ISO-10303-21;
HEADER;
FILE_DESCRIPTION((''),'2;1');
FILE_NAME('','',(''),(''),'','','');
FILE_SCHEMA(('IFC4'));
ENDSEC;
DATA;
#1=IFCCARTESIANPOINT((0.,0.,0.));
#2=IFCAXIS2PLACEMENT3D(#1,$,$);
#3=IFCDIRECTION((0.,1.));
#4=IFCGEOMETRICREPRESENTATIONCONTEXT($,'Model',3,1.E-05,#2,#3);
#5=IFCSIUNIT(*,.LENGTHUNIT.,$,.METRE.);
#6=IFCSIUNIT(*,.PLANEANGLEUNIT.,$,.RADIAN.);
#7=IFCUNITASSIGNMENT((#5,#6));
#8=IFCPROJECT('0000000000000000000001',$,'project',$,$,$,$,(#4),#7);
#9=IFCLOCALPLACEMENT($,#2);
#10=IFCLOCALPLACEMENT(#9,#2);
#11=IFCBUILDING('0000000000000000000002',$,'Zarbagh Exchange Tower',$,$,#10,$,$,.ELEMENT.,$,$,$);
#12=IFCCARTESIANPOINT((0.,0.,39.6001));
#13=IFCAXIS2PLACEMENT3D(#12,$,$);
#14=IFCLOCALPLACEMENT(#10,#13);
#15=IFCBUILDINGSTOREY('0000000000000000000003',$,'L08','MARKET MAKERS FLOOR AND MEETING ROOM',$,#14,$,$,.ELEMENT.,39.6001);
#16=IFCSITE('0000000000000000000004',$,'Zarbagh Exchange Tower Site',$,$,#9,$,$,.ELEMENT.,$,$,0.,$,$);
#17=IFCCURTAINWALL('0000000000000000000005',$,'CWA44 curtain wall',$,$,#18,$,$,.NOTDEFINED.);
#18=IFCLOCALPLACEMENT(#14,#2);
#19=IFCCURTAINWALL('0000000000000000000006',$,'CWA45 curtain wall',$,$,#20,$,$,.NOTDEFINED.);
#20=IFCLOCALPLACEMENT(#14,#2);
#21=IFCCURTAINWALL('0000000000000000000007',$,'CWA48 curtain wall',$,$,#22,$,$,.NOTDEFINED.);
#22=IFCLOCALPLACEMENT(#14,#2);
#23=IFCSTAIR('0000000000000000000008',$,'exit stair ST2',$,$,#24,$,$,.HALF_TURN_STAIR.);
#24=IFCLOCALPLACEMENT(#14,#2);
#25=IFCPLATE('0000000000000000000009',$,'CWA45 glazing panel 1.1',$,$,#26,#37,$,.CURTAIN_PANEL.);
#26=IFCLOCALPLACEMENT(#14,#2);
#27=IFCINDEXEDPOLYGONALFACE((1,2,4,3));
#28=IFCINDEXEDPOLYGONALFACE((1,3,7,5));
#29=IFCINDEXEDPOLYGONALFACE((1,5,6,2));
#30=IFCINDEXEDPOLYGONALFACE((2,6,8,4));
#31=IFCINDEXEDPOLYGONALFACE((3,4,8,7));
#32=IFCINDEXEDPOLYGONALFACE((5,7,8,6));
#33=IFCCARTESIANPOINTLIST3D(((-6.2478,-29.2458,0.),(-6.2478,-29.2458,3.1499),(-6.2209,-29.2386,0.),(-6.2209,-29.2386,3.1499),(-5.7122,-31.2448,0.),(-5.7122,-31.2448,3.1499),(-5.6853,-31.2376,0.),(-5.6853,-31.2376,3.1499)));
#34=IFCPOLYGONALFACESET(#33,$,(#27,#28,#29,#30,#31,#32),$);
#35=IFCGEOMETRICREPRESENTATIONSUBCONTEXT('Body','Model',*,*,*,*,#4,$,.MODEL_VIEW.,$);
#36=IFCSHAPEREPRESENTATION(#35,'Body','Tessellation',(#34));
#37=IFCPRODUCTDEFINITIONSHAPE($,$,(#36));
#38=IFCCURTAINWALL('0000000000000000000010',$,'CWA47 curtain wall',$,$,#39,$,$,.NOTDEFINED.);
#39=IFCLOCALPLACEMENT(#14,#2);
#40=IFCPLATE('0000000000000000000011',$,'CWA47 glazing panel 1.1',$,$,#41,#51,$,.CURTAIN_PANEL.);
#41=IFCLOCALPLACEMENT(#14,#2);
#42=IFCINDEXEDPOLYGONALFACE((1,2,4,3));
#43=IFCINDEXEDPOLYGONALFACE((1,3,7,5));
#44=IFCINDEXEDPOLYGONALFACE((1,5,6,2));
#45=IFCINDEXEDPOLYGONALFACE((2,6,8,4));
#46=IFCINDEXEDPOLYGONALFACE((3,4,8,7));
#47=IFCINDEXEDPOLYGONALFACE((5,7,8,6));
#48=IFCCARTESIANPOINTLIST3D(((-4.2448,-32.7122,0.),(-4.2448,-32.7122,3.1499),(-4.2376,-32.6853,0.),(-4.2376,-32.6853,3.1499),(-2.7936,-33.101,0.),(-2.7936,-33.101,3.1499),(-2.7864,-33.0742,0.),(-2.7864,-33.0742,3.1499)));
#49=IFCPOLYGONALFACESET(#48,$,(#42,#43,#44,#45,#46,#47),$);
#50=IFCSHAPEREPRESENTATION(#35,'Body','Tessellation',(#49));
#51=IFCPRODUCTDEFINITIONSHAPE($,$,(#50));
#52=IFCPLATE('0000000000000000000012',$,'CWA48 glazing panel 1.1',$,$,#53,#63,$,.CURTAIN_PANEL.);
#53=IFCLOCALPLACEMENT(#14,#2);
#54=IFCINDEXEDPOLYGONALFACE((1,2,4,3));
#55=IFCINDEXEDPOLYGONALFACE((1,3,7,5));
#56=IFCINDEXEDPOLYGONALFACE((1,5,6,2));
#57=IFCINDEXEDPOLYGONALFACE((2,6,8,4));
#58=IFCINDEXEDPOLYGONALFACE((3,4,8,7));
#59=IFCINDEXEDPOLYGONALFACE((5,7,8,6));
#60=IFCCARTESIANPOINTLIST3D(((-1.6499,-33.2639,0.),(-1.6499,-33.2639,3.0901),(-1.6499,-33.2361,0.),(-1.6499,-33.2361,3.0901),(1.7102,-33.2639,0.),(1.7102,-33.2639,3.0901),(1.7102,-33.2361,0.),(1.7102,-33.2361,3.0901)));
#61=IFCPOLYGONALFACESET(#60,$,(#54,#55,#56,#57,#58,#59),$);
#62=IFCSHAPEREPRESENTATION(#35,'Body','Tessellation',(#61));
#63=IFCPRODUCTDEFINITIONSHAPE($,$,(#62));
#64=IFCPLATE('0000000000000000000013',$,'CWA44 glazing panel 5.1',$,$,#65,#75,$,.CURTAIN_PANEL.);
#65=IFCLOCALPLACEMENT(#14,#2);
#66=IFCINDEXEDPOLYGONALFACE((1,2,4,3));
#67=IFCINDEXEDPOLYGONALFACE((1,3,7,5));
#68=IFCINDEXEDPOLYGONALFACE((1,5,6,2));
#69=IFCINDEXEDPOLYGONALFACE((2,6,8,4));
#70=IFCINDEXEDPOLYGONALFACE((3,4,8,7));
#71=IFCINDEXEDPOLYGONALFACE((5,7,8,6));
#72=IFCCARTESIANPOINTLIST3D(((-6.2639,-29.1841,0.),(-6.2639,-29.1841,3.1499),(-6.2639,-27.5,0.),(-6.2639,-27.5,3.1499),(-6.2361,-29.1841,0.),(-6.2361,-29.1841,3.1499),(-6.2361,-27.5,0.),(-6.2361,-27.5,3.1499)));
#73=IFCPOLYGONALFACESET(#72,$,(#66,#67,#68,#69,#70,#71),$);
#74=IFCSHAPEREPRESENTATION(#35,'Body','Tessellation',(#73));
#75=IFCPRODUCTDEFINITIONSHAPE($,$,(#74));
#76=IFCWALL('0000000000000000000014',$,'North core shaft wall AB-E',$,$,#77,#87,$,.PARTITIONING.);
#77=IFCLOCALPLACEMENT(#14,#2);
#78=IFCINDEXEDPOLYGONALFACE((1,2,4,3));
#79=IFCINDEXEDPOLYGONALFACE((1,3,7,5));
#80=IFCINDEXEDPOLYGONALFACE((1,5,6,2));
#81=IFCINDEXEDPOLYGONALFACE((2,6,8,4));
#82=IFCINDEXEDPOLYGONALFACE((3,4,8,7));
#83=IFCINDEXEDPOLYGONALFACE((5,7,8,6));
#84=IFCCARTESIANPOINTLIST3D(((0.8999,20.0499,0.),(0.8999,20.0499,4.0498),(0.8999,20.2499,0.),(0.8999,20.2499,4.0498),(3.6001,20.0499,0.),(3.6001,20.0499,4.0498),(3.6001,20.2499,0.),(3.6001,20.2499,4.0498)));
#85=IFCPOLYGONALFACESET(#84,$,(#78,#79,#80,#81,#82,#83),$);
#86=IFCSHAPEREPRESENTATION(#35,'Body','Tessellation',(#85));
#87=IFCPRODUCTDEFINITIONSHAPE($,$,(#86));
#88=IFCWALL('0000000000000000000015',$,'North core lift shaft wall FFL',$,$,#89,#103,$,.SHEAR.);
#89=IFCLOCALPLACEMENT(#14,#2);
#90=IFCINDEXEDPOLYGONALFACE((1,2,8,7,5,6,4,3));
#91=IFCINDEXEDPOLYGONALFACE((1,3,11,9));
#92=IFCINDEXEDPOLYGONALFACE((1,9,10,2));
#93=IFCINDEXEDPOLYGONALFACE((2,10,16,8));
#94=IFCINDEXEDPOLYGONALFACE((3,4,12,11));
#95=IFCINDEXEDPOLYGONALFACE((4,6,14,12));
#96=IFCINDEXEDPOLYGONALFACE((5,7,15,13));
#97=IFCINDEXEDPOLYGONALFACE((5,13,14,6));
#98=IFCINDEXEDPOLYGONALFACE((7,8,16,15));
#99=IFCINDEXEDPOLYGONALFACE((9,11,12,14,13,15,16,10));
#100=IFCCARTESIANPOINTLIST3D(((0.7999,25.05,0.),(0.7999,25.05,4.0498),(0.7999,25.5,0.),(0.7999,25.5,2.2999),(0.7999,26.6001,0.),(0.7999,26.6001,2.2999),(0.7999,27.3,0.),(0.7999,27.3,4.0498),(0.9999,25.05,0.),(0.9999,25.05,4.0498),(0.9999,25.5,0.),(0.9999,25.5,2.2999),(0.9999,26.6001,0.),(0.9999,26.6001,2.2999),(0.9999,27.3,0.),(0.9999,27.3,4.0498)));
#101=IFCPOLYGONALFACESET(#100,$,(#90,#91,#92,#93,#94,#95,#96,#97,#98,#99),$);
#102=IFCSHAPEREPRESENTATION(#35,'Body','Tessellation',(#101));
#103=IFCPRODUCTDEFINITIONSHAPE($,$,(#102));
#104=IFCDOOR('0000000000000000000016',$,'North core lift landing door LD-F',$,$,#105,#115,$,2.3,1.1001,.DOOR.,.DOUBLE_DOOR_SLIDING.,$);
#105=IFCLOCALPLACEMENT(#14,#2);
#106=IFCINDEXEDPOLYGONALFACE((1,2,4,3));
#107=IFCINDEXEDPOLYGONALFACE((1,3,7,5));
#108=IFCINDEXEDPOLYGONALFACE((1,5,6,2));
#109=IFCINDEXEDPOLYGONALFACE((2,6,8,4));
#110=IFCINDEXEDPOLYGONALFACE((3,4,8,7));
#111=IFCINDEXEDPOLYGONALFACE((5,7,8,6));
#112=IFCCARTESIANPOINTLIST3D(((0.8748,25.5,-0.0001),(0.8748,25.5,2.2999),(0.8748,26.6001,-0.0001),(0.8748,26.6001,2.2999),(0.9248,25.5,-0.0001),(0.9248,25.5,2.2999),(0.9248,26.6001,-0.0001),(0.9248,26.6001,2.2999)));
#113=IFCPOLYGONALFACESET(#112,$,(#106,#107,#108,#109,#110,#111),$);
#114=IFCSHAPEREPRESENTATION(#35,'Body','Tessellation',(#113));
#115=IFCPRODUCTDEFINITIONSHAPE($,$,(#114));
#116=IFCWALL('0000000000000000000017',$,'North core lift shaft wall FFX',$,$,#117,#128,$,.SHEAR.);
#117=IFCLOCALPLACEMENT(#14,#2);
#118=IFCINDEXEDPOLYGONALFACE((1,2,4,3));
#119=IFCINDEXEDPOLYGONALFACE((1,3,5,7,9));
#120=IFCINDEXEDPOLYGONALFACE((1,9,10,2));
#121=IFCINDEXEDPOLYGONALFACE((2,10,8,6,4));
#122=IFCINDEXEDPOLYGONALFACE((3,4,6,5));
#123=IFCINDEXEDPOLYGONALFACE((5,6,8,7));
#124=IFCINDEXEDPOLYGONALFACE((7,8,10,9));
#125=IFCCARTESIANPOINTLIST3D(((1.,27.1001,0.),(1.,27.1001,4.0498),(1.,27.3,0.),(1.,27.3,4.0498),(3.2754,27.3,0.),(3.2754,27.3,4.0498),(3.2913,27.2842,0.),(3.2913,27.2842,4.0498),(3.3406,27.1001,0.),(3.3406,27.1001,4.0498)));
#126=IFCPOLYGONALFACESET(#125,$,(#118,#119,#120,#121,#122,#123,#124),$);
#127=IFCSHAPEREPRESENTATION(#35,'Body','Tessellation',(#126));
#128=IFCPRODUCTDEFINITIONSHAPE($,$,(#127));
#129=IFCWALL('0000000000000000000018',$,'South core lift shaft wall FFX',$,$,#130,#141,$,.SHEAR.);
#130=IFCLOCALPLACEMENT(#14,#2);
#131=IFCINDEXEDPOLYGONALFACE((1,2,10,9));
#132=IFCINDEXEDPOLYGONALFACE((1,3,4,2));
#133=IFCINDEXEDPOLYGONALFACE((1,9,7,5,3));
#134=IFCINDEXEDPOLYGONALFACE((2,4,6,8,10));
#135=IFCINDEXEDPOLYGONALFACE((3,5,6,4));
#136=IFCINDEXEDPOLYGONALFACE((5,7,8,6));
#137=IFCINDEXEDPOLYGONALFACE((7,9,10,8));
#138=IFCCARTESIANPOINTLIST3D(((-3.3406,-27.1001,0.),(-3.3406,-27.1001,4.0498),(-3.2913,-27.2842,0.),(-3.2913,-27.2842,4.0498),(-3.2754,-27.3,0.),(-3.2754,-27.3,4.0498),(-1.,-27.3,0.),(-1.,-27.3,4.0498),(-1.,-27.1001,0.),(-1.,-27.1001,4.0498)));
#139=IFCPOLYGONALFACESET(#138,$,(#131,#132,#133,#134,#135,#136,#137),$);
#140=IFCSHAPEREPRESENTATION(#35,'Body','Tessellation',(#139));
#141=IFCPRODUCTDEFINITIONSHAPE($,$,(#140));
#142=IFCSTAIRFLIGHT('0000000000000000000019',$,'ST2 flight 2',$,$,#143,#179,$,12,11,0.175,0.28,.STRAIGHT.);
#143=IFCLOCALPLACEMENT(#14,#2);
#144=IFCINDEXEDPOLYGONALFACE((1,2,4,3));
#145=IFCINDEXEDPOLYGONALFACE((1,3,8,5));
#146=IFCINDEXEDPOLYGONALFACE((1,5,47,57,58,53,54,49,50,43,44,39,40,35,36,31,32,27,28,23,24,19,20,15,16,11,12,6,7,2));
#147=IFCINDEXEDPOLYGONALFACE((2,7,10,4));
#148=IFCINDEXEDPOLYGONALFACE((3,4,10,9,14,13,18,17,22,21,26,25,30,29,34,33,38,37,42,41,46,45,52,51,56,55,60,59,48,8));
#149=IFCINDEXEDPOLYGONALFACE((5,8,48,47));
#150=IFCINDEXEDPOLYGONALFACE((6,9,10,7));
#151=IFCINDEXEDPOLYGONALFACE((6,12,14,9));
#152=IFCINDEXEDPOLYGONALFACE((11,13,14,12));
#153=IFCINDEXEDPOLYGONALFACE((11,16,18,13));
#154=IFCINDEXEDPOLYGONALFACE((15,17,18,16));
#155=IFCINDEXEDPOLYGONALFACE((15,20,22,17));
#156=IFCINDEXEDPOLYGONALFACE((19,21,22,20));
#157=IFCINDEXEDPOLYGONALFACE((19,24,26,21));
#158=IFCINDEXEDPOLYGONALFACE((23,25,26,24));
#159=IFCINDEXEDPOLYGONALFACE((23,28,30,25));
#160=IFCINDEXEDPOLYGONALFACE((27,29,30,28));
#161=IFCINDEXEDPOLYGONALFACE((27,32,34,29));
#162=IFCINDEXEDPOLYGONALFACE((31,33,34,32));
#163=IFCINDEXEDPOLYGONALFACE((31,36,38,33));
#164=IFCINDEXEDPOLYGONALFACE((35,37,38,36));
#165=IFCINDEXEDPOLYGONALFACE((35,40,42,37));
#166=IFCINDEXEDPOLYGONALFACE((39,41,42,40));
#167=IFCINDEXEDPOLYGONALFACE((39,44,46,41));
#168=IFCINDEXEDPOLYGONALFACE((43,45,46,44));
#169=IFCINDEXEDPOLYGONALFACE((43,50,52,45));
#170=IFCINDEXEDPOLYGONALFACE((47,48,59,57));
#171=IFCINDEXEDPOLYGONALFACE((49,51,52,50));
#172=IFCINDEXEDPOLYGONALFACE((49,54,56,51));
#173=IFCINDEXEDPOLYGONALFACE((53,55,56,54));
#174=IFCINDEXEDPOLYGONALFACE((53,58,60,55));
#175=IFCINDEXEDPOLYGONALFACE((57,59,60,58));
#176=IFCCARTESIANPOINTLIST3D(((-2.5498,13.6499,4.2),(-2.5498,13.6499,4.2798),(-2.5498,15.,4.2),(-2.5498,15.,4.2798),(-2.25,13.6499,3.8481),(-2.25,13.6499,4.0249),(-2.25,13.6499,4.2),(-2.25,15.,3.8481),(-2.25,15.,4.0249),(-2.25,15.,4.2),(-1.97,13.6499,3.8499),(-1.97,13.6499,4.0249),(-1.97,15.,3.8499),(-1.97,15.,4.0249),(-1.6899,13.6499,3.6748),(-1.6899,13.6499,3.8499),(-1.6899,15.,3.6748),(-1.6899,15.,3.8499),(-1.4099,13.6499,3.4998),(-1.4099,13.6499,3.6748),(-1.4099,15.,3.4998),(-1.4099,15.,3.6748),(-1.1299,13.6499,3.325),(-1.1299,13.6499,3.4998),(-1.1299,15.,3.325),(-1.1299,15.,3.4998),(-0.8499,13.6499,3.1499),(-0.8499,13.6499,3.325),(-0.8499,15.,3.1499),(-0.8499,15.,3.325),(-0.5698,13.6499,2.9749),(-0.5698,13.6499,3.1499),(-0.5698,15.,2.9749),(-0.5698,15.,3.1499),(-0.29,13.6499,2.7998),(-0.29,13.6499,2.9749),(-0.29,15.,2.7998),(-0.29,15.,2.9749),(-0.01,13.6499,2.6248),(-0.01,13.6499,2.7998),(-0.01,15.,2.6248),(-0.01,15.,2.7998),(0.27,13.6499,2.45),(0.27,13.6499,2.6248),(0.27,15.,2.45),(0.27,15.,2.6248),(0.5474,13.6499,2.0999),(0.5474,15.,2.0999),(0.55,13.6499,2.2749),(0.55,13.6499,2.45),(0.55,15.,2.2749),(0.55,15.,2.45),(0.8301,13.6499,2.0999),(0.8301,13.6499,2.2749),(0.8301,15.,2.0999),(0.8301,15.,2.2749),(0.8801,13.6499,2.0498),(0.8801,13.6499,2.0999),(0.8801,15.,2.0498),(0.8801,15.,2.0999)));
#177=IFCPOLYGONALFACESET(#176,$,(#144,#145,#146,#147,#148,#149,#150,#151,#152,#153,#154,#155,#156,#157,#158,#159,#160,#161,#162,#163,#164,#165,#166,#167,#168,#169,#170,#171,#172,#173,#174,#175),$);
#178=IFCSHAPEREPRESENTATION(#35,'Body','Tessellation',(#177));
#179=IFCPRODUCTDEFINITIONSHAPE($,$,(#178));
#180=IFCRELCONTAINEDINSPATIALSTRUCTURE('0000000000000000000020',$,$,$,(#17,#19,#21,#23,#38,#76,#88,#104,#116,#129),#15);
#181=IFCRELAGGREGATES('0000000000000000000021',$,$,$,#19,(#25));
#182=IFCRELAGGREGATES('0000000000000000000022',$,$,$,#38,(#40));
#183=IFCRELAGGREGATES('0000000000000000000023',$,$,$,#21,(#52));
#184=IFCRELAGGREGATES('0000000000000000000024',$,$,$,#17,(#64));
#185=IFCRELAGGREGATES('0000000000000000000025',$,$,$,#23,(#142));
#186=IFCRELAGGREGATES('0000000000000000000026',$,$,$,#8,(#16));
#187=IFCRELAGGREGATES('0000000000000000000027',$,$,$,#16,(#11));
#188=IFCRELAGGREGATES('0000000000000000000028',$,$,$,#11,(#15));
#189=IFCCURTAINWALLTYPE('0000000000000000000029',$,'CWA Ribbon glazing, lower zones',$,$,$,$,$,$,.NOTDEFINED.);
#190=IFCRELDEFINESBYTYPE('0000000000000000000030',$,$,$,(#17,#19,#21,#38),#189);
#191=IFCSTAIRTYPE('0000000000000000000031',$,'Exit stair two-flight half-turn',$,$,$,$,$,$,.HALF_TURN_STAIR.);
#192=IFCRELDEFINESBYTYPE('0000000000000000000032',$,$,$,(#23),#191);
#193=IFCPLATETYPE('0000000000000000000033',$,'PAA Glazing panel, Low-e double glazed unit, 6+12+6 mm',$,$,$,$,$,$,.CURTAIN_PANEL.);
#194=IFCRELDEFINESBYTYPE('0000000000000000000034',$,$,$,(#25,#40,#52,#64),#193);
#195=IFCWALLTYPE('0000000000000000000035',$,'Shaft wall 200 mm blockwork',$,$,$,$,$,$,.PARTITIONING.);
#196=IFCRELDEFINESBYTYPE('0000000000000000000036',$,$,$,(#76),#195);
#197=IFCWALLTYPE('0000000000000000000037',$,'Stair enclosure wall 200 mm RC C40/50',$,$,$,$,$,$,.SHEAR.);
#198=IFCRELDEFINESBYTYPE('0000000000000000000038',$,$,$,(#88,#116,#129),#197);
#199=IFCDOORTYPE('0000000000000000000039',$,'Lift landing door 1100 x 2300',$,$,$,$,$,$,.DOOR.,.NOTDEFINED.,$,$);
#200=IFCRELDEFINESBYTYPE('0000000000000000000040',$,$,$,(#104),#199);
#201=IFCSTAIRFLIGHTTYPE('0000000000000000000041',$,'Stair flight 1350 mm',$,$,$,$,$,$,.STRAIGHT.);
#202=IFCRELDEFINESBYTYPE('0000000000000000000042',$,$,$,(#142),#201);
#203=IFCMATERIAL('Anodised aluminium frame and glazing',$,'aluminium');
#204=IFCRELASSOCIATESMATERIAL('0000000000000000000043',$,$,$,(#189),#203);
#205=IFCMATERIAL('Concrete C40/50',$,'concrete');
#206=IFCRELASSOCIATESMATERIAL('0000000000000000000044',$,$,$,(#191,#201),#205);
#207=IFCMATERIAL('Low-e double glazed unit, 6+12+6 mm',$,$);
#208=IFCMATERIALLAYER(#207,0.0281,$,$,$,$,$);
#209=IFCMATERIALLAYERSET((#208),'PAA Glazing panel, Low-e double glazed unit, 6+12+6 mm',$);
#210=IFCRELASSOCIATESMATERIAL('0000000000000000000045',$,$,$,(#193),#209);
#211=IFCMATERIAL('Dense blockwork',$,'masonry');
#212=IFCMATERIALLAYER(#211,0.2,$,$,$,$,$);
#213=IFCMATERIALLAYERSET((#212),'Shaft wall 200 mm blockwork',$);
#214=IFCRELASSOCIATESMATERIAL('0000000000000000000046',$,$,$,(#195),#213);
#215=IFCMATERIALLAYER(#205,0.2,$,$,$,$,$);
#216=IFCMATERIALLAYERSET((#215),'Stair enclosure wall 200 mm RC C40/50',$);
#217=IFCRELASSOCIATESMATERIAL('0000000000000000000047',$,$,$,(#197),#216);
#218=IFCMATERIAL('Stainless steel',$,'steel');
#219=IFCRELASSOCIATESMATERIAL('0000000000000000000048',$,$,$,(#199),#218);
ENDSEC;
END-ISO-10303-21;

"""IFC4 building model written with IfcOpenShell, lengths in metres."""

from ifc_helpers import new_model, si_unit, direction, frame, frame_2d, origin, place, context, subcontext, project, spatial, polyline, rectangle, outline, extrude, source, transform, mapped, material, layer, layer_set, type_object, element, fill, aggregate, save


model = new_model("IFC4")

# Units and contexts
model_context = context("Model", 3, precision=1e-05, world=origin(), true_north=direction((0.0, 1.0)))
body_context = subcontext(model_context, "Body", "Model", "MODEL_VIEW")
ifc_project = project(units=[si_unit("LENGTHUNIT", "METRE"), si_unit("PLANEANGLEUNIT", "RADIAN")], contexts=[model_context])

# Site, building, storey
site_placement = place(None, origin())
site = spatial("IfcSite", under=ifc_project, at=site_placement, Name="Zarbagh Exchange Tower Site", CompositionType="ELEMENT", RefElevation=0.0)
building_placement = place(site_placement, origin())
building = spatial("IfcBuilding", under=site, at=building_placement, Name="Zarbagh Exchange Tower", CompositionType="ELEMENT")
storey_placement = place(building_placement, frame((0.0, 0.0, 39.6001)))
storey = spatial("IfcBuildingStorey", under=building, at=storey_placement, Name="L08", Description="MARKET MAKERS FLOOR AND MEETING ROOM", CompositionType="ELEMENT", Elevation=39.6001)

# Curtain wall
ifc_material_1 = material(Name="Anodised aluminium frame and glazing", Category="aluminium")
curtain_wall_type = type_object("IfcCurtainWallType", Name="CWA Ribbon glazing, lower zones", PredefinedType="NOTDEFINED", material=ifc_material_1)
curtain_wall_1_placement = place(storey_placement, origin())
curtain_wall_1 = element("IfcCurtainWall", 1, at=curtain_wall_1_placement, inside=storey, type_object=curtain_wall_type, Name="CWA44 curtain wall", PredefinedType="NOTDEFINED")
placement = place(storey_placement, origin())

# Curtain wall
curtain_wall_2_placement = place(storey_placement, origin())
curtain_wall_2 = element("IfcCurtainWall", 2, at=curtain_wall_2_placement, inside=storey, type_object=curtain_wall_type, Name="CWA45 curtain wall", PredefinedType="NOTDEFINED")

# Curtain wall
curtain_wall_3_placement = place(storey_placement, origin())
curtain_wall_3 = element("IfcCurtainWall", 3, at=curtain_wall_3_placement, inside=storey, type_object=curtain_wall_type, Name="CWA48 curtain wall", PredefinedType="NOTDEFINED")

# Stair
ifc_material_2 = material(Name="Concrete C40/50", Category="concrete")
stair_type = type_object("IfcStairType", Name="Exit stair two-flight half-turn", PredefinedType="HALF_TURN_STAIR", material=ifc_material_2)
stair_1_placement = place(storey_placement, origin())
stair_1 = element("IfcStair", 4, at=stair_1_placement, inside=storey, type_object=stair_type, Name="exit stair ST2", PredefinedType="HALF_TURN_STAIR")

# Shared definitions
ifc_material_3 = material(Name="Low-e double glazed unit, 6+12+6 mm")
ifc_layer_1 = layer(ifc_material_3, 0.0281)
ifc_layer_set_1 = layer_set([ifc_layer_1], Name="PAA Glazing panel, Low-e double glazed unit, 6+12+6 mm")
plate_type = type_object("IfcPlateType", Name="PAA Glazing panel, Low-e double glazed unit, 6+12+6 mm", PredefinedType="CURTAIN_PANEL", material=ifc_layer_set_1)

# Plate
shared_shape_1 = source(origin(), body_context, "Body", "SweptSolid", [
    extrude(outline(polyline([(0.0, -0.0139), (2.0696, -0.0139), (2.0696, 0.0139), (0.0, 0.0139), (0.0, -0.0139)])), origin(), (0.0, 0.0, 1.0), 3.1499),
])
plate_1 = element("IfcPlate", 5, at=placement, type_object=plate_type, Name="CWA45 glazing panel 1.1", PredefinedType="CURTAIN_PANEL", context=body_context, shape_type="MappedRepresentation", body=[
    mapped(shared_shape_1, transform((-6.2344, -29.2422, 0.0), x_axis=(0.258825, -0.965924, 0.0), y_axis=(0.965924, 0.258825, 0.0), z_axis=(0.0, 0.0, 1.0))),
])
aggregate(curtain_wall_2, [plate_1])

# Curtain wall, plate
curtain_wall_4_placement = place(storey_placement, origin())
curtain_wall_4 = element("IfcCurtainWall", 6, at=curtain_wall_4_placement, inside=storey, type_object=curtain_wall_type, Name="CWA47 curtain wall", PredefinedType="NOTDEFINED")
shared_shape_2 = source(origin(), body_context, "Body", "SweptSolid", [
    extrude(outline(polyline([(0.0, -0.0139), (1.5024, -0.0139), (1.5024, 0.0139), (0.0, 0.0139), (0.0, -0.0139)])), origin(), (0.0, 0.0, 1.0), 3.1499),
])
plate_2 = element("IfcPlate", 7, at=placement, type_object=plate_type, Name="CWA47 glazing panel 1.1", PredefinedType="CURTAIN_PANEL", context=body_context, shape_type="MappedRepresentation", body=[
    mapped(shared_shape_2, transform((-4.2412, -32.6987, 0.0), x_axis=(0.965924, -0.258825, 0.0), y_axis=(0.258825, 0.965924, 0.0), z_axis=(0.0, 0.0, 1.0))),
])
aggregate(curtain_wall_4, [plate_2])

# Plates
shared_shape_3 = source(origin(), body_context, "Body", "SweptSolid", [
    extrude(outline(polyline([(0.0, -0.0139), (3.3601, -0.0139), (3.3601, 0.0139), (0.0, 0.0139), (0.0, -0.0139)])), origin(), (0.0, 0.0, 1.0), 3.0901),
])
plate_3 = element("IfcPlate", 8, at=placement, type_object=plate_type, Name="CWA48 glazing panel 1.1", PredefinedType="CURTAIN_PANEL", context=body_context, shape_type="MappedRepresentation", body=[
    mapped(shared_shape_3, transform((-1.6499, -33.25, 0.0), x_axis=(1.0, 0.0, 0.0), y_axis=(0.0, 1.0, 0.0), z_axis=(0.0, 0.0, 1.0))),
])
aggregate(curtain_wall_3, [plate_3])
shared_shape_4 = source(origin(), body_context, "Body", "SweptSolid", [
    extrude(outline(polyline([(0.0, -0.0139), (1.6841, -0.0139), (1.6841, 0.0139), (0.0, 0.0139), (0.0, -0.0139)])), origin(), (0.0, 0.0, 1.0), 3.1499),
])
plate_4 = element("IfcPlate", 9, at=placement, type_object=plate_type, Name="CWA44 glazing panel 5.1", PredefinedType="CURTAIN_PANEL", context=body_context, shape_type="MappedRepresentation", body=[
    mapped(shared_shape_4, transform((-6.25, -27.5, 0.0), x_axis=(0.0, -1.0, 0.0), y_axis=(1.0, 0.0, 0.0), z_axis=(0.0, 0.0, 1.0))),
])
aggregate(curtain_wall_1, [plate_4])

# Wall
ifc_material_4 = material(Name="Dense blockwork", Category="masonry")
ifc_layer_2 = layer(ifc_material_4, 0.2)
ifc_layer_set_2 = layer_set([ifc_layer_2], Name="Shaft wall 200 mm blockwork")
wall_type_1 = type_object("IfcWallType", Name="Shaft wall 200 mm blockwork", PredefinedType="PARTITIONING", material=ifc_layer_set_2)
wall_1_placement = place(storey_placement, frame((0.8999, 20.1499, 0.0), z_axis=(0.0, 0.0, 1.0), x_axis=(1.0, 0.0, 0.0)))
element("IfcWall", 10, at=wall_1_placement, inside=storey, type_object=wall_type_1, Name="North core shaft wall AB-E", PredefinedType="PARTITIONING", context=body_context, shape_type="SweptSolid", body=[
    extrude(rectangle(XDim=2.7002, YDim=0.2, at=frame_2d((1.3501, 0.0))), origin(), (0.0, 0.0, 1.0), 4.0498),
])

# Wall, opening, door
ifc_layer_3 = layer(ifc_material_2, 0.2)
ifc_layer_set_3 = layer_set([ifc_layer_3], Name="Stair enclosure wall 200 mm RC C40/50")
wall_type_2 = type_object("IfcWallType", Name="Stair enclosure wall 200 mm RC C40/50", PredefinedType="SHEAR", material=ifc_layer_set_3)
wall_2_placement = place(storey_placement, frame((0.8999, 27.3, 0.0), z_axis=(0.0, 0.0, 1.0), x_axis=(0.0, -1.0, 0.0)))
wall_2 = element("IfcWall", 11, at=wall_2_placement, inside=storey, type_object=wall_type_2, Name="North core lift shaft wall FFL", PredefinedType="SHEAR", context=body_context, shape_type="SweptSolid", body=[
    extrude(rectangle(XDim=2.25, YDim=0.2, at=frame_2d((1.125, 0.0))), origin(), (0.0, 0.0, 1.0), 4.0498),
])
opening_placement = place(wall_2_placement, frame((0.7, 0.0, 0.0)))
opening = element("IfcOpeningElement", 12, at=opening_placement, cuts=wall_2, PredefinedType="OPENING", context=body_context, shape_type="SweptSolid", body=[
    extrude(rectangle(XDim=1.1001, YDim=2.3, at=frame_2d((0.55, 1.1499))), frame((0.0, 0.1099, 0.0), z_axis=(0.0, -1.0, 0.0), x_axis=(1.0, 0.0, 0.0)), (0.0, 0.0, 1.0), 0.22),
])
ifc_material_5 = material(Name="Stainless steel", Category="steel")
door_type = type_object("IfcDoorType", Name="Lift landing door 1100 x 2300", OperationType="NOTDEFINED", PredefinedType="DOOR", material=ifc_material_5)
door_placement = place(opening_placement, origin())
door = element("IfcDoor", 13, at=door_placement, inside=storey, type_object=door_type, Name="North core lift landing door LD-F", OperationType="DOUBLE_DOOR_SLIDING", OverallHeight=2.3, OverallWidth=1.1001, PredefinedType="DOOR", context=body_context, shape_type="SweptSolid", body=[
    extrude(rectangle(XDim=1.1001, YDim=2.3, at=frame_2d((0.55, 1.1499))), frame((0.0, 0.0249, 0.0), z_axis=(0.0, -1.0, 0.0), x_axis=(1.0, 0.0, 0.0)), (0.0, 0.0, 1.0), 0.05),
])
fill(opening, door)

# Walls
wall_3_placement = place(storey_placement, origin())
element("IfcWall", 14, at=wall_3_placement, inside=storey, type_object=wall_type_2, Name="North core lift shaft wall FFX", PredefinedType="SHEAR", context=body_context, shape_type="SweptSolid", body=[
    extrude(outline(polyline([(1.0, 27.1001), (3.3406, 27.1001), (3.2913, 27.2842), (3.2754, 27.3), (1.0, 27.3), (1.0, 27.1001)])), origin(), (0.0, 0.0, 1.0), 4.0498),
])
wall_4_placement = place(storey_placement, origin())
element("IfcWall", 15, at=wall_4_placement, inside=storey, type_object=wall_type_2, Name="South core lift shaft wall FFX", PredefinedType="SHEAR", context=body_context, shape_type="SweptSolid", body=[
    extrude(outline(polyline([(-1.0, -27.1001), (-3.3406, -27.1001), (-3.2913, -27.2842), (-3.2754, -27.3), (-1.0, -27.3), (-1.0, -27.1001)])), origin(), (0.0, 0.0, 1.0), 4.0498),
])

# Stair flight
stair_flight_type = type_object("IfcStairFlightType", Name="Stair flight 1350 mm", PredefinedType="STRAIGHT", material=ifc_material_2)
stair_flight_placement = place(storey_placement, frame((0.8301, 14.325, 2.0999), z_axis=(0.0, 0.0, 1.0), x_axis=(-1.0, 0.0, 0.0)))
stair_flight = element("IfcStairFlight", 16, at=stair_flight_placement, type_object=stair_flight_type, Name="ST2 flight 2", NumberOfRisers=12, NumberOfTreads=11, PredefinedType="STRAIGHT", RiserHeight=0.175, TreadLength=0.28, context=body_context, shape_type="SweptSolid", body=[
    extrude(outline(polyline([(-0.05, -0.05), (-0.05, 0.0), (0.0, 0.0), (0.0, 0.175), (0.28, 0.175), (0.28, 0.3501), (0.5601, 0.3501), (0.5601, 0.5249), (0.8401, 0.5249), (0.8401, 0.7), (1.1201, 0.7), (1.1201, 0.875), (1.3999, 0.875), (1.3999, 1.05), (1.6799, 1.05), (1.6799, 1.2251), (1.96, 1.2251), (1.96, 1.3999), (2.24, 1.3999), (2.24, 1.575), (2.52, 1.575), (2.52, 1.75), (2.8, 1.75), (2.8, 1.925), (3.0801, 1.925), (3.0801, 2.1001), (3.3799, 2.1799), (3.3799, 2.1001), (3.0801, 1.7483), (0.2827, 0.0), (-0.05, -0.05)])), frame((0.0, 0.675, 0.0), z_axis=(0.0, -1.0, 0.0), x_axis=(1.0, 0.0, 0.0)), (0.0, 0.0, 1.0), 1.3501),
])
aggregate(stair_1, [stair_flight])

save(model, "model.ifc")
